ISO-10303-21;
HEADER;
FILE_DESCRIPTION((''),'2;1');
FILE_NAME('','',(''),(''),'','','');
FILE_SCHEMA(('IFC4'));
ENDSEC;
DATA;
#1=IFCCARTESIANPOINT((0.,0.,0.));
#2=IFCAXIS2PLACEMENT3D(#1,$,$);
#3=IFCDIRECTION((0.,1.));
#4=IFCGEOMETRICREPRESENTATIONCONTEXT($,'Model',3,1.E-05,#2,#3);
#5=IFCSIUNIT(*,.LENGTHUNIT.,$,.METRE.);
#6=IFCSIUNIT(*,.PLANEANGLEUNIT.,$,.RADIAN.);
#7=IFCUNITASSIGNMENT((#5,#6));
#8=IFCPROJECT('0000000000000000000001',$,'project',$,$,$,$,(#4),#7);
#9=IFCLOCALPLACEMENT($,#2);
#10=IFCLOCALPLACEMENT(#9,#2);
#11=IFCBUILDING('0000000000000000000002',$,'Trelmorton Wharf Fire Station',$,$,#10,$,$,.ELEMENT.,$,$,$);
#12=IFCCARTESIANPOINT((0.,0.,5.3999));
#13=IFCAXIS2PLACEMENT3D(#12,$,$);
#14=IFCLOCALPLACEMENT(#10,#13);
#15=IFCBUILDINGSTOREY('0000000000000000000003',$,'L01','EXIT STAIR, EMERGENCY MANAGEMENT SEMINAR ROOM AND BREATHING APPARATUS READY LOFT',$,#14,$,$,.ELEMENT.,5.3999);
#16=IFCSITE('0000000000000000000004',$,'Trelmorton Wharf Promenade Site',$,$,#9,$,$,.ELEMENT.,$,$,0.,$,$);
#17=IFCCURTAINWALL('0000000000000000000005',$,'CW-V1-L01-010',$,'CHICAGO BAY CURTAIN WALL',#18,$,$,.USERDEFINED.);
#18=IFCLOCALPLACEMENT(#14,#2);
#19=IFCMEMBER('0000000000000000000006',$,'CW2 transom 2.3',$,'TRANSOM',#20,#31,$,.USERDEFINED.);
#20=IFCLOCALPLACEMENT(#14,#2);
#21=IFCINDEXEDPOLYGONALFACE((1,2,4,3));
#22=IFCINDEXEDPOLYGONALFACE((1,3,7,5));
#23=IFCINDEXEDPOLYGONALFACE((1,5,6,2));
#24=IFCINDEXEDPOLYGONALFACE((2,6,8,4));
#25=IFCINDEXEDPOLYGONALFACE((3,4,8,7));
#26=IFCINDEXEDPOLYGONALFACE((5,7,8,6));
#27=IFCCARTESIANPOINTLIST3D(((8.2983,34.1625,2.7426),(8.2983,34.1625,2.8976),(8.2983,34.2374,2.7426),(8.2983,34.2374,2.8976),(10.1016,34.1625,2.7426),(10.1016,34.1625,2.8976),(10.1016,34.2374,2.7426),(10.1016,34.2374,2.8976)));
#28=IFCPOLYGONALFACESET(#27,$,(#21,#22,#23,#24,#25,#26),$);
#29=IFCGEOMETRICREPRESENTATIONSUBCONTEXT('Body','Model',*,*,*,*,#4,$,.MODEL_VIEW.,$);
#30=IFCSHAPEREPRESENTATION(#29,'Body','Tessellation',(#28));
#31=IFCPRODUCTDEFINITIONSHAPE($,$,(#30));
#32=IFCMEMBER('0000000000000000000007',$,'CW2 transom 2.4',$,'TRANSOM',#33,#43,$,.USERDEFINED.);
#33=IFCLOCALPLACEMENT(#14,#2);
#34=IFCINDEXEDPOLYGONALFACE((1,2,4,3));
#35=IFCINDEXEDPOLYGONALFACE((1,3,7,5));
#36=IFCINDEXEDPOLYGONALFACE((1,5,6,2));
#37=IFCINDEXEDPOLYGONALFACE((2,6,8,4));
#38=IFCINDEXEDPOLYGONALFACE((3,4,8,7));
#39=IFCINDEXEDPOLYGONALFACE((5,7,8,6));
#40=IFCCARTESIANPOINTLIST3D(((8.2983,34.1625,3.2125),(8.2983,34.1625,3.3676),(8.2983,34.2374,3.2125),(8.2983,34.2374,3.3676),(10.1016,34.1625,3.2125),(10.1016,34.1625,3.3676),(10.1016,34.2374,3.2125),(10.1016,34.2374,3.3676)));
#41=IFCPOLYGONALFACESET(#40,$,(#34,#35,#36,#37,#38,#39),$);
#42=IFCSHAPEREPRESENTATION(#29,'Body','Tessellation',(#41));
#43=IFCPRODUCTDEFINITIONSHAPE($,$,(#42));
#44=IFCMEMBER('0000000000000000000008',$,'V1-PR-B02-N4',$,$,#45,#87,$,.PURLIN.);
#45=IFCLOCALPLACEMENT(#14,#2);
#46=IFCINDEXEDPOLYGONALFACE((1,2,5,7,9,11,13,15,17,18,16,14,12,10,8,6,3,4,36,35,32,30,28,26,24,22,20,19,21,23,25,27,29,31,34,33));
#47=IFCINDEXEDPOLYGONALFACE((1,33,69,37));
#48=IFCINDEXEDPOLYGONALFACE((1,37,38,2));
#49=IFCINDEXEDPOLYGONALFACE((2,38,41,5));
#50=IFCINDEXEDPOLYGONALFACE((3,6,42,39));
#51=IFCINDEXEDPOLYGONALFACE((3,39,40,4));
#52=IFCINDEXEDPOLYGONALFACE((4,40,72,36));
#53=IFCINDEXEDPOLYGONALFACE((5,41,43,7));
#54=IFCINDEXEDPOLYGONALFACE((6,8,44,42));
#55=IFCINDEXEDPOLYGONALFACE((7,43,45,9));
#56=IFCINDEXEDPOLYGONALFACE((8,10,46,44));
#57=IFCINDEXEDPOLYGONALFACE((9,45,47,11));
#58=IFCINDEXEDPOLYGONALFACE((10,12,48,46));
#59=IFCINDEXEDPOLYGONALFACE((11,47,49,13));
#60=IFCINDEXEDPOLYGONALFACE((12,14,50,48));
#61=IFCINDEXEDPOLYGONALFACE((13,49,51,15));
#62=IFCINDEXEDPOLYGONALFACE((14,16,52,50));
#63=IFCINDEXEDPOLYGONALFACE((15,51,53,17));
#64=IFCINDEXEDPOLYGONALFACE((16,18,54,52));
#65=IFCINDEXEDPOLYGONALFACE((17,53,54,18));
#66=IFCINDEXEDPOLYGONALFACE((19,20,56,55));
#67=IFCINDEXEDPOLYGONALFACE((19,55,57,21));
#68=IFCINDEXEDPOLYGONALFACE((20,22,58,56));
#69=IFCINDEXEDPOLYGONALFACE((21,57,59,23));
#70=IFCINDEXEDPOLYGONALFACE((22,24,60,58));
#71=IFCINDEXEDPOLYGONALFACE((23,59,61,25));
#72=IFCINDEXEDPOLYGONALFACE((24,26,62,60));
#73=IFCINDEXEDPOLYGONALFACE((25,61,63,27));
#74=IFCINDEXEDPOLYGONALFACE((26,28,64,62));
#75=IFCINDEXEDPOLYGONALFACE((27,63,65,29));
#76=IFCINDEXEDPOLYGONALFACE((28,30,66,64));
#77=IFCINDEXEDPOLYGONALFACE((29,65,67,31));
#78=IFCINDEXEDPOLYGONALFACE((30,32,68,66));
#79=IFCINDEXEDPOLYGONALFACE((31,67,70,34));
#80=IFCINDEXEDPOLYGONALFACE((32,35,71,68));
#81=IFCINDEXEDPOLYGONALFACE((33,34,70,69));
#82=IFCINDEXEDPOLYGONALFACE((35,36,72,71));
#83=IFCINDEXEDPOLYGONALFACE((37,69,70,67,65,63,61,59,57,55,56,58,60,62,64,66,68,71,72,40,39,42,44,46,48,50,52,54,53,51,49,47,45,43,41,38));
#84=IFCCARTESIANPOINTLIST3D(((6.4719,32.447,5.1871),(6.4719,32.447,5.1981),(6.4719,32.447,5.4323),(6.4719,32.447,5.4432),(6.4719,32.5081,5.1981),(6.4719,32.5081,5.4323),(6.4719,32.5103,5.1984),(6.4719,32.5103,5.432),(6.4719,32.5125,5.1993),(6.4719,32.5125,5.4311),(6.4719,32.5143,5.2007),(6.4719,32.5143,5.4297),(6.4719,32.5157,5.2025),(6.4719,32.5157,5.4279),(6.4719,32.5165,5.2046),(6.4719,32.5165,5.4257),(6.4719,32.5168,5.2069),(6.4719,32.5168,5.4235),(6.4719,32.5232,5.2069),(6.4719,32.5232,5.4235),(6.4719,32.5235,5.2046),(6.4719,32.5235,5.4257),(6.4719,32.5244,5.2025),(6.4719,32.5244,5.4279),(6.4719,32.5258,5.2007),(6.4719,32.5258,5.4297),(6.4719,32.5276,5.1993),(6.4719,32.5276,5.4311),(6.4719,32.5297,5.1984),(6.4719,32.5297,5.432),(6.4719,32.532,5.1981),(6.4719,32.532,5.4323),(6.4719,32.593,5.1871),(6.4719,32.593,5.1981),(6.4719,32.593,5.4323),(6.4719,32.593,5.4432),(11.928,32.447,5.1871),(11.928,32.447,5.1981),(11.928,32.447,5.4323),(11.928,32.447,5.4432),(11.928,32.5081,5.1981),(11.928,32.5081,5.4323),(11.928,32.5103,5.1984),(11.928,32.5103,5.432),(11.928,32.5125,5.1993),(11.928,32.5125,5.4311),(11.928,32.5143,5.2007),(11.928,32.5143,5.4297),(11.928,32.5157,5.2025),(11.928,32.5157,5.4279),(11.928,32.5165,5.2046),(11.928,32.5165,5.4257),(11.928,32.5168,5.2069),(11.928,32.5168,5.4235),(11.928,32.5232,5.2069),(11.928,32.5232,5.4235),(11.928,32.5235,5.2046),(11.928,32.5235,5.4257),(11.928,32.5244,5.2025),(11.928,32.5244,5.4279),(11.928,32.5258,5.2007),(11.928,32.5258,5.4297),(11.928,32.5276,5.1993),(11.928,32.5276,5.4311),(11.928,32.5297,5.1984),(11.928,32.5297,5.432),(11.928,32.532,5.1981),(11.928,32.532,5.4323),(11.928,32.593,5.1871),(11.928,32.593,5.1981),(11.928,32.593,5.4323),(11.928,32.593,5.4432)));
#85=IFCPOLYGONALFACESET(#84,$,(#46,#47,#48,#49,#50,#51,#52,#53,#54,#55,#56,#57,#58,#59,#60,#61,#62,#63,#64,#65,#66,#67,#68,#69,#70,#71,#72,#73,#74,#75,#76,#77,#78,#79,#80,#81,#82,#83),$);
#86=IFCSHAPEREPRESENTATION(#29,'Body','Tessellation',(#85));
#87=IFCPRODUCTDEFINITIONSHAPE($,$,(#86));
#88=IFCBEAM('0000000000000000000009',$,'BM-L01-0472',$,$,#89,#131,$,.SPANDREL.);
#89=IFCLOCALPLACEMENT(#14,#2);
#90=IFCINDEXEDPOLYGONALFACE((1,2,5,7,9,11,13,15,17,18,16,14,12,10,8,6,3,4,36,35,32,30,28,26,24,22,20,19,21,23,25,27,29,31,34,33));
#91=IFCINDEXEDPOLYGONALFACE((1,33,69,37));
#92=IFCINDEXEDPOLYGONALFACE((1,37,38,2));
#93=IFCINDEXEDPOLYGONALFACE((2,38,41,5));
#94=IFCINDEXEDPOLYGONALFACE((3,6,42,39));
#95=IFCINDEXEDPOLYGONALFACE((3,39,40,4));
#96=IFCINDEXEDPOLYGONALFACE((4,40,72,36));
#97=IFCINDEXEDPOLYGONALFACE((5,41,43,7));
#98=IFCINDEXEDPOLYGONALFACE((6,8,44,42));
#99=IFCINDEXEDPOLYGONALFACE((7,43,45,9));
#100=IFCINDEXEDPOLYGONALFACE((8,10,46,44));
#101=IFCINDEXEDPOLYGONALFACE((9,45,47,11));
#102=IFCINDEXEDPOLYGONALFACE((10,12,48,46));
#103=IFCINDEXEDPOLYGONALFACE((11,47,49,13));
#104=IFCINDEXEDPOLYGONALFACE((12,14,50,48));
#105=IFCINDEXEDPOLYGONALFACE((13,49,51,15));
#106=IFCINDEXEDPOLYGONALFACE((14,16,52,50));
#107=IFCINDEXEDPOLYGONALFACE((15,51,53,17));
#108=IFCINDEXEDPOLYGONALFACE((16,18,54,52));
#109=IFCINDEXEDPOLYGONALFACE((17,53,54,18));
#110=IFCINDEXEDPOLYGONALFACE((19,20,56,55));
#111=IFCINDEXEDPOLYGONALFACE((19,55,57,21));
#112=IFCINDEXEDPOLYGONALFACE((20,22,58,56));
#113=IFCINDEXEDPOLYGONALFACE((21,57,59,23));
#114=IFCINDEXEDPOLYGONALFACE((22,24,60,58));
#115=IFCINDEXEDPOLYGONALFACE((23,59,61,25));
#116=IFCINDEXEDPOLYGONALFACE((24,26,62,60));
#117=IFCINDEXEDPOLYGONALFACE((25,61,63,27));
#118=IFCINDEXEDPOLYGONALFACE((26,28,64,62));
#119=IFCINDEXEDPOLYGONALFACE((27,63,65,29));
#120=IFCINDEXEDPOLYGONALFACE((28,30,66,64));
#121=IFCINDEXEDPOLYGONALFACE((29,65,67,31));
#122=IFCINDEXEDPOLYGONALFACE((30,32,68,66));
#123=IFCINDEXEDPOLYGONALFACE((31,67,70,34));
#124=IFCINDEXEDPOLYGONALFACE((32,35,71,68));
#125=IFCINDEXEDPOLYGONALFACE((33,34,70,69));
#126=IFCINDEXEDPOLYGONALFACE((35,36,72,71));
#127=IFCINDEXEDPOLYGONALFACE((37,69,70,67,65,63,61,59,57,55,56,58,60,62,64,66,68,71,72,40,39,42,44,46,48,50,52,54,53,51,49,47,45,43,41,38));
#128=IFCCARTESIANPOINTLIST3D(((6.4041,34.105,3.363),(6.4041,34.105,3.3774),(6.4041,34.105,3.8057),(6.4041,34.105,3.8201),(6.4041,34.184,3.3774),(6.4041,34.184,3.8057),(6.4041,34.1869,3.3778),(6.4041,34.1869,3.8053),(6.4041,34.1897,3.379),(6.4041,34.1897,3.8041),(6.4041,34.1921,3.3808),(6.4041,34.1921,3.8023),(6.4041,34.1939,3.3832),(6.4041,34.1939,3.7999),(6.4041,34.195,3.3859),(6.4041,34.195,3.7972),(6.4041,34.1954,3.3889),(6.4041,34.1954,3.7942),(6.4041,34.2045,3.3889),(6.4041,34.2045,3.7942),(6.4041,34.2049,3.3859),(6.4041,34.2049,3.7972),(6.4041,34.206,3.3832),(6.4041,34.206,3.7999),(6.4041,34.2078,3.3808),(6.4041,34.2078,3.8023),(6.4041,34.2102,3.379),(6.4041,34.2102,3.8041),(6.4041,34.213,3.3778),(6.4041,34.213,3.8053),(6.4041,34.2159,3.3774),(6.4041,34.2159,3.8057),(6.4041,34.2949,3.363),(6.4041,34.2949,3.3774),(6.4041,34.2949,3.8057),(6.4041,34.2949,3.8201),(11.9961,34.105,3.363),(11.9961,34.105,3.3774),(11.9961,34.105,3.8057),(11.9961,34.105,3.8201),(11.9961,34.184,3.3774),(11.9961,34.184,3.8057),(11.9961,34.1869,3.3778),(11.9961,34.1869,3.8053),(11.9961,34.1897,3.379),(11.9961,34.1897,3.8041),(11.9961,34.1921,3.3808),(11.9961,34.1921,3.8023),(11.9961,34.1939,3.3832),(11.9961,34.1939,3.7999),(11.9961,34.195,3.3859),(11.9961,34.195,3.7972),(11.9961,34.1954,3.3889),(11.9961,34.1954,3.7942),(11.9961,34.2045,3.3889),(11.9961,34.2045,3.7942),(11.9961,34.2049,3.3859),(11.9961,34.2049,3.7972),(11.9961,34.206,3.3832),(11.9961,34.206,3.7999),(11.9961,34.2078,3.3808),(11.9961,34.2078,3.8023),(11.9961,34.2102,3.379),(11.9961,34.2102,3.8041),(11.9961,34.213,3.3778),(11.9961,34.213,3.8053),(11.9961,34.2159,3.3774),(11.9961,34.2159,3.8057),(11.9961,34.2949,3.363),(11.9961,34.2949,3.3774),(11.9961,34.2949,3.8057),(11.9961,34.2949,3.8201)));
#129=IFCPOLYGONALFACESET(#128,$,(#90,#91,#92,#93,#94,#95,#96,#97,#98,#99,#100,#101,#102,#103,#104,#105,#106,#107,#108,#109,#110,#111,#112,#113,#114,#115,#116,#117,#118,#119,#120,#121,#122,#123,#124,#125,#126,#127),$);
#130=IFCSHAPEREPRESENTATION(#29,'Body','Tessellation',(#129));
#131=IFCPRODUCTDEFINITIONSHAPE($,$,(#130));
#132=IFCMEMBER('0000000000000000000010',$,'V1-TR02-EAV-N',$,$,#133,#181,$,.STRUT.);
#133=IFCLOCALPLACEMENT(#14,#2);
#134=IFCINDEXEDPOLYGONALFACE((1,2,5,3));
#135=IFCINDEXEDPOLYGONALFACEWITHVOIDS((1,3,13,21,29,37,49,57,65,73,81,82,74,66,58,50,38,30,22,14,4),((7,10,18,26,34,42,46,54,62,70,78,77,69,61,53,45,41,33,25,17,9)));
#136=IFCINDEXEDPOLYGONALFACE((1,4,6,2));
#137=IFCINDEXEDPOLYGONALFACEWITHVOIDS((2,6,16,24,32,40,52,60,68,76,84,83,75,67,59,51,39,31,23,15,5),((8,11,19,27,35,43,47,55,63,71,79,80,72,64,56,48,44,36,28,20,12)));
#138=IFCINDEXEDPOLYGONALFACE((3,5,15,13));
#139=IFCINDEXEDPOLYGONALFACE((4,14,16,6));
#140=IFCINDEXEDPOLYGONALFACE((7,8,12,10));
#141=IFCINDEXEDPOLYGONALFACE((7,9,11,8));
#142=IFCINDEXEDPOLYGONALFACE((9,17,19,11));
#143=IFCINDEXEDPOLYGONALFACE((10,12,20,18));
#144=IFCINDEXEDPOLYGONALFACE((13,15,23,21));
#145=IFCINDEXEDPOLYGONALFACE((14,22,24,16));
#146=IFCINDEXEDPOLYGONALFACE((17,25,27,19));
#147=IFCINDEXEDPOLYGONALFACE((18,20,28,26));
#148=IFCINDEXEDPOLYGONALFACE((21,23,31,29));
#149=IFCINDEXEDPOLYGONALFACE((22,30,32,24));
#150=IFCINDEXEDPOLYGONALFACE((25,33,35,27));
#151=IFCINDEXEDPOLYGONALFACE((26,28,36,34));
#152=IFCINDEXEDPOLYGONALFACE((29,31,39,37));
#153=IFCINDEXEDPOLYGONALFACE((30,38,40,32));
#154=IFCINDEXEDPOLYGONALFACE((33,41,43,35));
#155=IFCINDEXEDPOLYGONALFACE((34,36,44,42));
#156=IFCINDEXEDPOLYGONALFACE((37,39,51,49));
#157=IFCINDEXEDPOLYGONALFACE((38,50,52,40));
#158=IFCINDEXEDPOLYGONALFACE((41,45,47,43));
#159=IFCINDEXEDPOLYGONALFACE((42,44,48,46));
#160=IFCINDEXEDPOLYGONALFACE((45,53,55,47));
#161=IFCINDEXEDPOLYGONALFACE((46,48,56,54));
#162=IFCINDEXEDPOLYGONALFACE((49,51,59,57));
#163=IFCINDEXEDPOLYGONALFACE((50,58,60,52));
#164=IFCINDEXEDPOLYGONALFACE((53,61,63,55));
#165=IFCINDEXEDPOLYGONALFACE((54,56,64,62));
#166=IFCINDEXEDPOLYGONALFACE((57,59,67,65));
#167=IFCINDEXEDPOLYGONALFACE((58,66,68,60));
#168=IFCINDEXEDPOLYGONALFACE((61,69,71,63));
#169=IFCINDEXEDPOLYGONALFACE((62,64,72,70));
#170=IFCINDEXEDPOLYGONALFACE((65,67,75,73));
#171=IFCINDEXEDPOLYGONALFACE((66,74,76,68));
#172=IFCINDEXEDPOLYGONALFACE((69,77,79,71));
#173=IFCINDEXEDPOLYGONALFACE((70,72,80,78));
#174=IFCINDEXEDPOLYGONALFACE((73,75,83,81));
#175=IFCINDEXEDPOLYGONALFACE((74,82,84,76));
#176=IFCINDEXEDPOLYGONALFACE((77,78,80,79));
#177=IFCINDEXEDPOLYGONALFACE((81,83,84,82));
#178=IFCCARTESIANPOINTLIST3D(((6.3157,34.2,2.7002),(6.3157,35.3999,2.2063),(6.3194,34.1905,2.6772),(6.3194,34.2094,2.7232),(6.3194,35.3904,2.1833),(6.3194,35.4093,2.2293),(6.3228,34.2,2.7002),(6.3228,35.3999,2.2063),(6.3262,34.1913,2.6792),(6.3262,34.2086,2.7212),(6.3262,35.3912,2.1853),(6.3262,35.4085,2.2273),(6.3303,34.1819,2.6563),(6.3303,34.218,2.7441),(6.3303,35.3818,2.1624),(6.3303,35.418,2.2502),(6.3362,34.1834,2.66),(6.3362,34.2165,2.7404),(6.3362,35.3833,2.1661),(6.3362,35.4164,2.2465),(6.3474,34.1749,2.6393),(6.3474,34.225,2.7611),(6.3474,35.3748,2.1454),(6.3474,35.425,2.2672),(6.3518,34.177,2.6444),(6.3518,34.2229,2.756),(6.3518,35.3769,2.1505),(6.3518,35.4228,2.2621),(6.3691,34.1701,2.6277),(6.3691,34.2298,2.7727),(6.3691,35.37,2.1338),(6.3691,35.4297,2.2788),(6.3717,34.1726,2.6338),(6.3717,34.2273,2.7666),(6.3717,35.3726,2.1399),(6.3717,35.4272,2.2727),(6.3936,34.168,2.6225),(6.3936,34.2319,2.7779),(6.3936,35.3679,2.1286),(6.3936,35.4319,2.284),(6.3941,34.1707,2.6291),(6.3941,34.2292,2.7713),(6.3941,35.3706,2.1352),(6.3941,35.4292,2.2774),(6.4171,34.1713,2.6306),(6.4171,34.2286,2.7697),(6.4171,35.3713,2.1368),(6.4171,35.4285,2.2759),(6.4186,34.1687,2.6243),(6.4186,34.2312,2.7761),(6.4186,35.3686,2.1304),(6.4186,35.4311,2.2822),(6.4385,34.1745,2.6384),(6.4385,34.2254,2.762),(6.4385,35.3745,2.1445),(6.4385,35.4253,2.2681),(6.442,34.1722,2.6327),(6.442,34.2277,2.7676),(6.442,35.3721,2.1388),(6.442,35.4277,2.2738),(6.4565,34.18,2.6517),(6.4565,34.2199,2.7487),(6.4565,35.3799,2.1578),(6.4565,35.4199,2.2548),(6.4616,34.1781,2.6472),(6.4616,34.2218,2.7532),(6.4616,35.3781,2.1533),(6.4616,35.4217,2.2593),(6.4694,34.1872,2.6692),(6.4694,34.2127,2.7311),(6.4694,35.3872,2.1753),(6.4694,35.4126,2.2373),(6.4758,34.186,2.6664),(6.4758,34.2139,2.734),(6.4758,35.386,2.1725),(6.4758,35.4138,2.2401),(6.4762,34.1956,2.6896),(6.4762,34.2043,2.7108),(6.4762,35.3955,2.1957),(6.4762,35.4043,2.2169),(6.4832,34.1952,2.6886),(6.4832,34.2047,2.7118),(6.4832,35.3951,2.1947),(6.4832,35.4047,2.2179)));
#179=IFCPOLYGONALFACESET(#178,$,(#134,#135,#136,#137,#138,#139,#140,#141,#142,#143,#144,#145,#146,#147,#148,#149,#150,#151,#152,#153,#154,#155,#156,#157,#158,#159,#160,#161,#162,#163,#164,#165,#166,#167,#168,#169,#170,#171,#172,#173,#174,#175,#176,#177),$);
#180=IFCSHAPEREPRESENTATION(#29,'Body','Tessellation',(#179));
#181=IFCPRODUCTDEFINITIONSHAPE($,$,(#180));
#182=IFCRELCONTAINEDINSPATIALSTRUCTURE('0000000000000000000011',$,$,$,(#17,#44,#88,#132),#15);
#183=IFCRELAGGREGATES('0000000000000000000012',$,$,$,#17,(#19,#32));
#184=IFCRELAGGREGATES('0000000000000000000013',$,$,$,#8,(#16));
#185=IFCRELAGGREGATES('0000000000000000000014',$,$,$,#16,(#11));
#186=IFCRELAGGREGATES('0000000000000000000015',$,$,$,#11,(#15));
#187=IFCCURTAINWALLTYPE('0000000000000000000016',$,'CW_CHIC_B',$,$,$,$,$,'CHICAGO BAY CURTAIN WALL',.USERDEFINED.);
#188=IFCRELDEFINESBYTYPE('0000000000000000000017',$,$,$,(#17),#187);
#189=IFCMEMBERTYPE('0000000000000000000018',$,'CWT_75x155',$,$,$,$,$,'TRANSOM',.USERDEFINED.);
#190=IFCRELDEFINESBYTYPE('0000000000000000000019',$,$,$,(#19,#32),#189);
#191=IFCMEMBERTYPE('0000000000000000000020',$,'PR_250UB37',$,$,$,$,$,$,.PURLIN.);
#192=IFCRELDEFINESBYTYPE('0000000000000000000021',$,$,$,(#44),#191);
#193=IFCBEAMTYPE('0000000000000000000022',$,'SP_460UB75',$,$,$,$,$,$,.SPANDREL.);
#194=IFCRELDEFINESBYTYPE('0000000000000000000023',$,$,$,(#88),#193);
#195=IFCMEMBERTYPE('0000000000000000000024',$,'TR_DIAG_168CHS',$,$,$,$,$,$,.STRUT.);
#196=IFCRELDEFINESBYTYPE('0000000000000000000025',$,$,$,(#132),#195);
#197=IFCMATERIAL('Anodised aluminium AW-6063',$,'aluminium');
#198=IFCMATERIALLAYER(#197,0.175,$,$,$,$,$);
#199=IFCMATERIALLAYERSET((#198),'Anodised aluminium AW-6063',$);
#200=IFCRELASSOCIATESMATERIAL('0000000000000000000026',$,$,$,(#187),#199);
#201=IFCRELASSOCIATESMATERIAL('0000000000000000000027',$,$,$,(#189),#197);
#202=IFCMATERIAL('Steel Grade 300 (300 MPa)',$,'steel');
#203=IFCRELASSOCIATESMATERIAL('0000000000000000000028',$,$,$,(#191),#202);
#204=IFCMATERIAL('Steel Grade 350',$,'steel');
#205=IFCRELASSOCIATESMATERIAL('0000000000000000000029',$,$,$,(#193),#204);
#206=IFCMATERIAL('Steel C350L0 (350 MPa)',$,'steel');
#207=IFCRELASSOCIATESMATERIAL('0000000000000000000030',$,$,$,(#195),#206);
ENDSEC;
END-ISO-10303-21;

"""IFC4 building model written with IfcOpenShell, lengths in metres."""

from ifc_helpers import new_model, si_unit, direction, frame, origin, origin_2d, place, context, subcontext, project, spatial, rectangle, hollow_circle, i_section, extrude, material, layer, layer_set, material_profile, profile_set, type_object, element, aggregate, save


model = new_model("IFC4")

# Units and contexts
model_context = context("Model", 3, precision=1e-05, world=origin(), true_north=direction((0.0, 1.0)))
body_context = subcontext(model_context, "Body", "Model", "MODEL_VIEW")
ifc_project = project(units=[si_unit("LENGTHUNIT", "METRE"), si_unit("PLANEANGLEUNIT", "RADIAN")], contexts=[model_context])

# Site, building, storey
site_placement = place(None, origin())
site = spatial("IfcSite", under=ifc_project, at=site_placement, Name="Trelmorton Wharf Promenade Site", CompositionType="ELEMENT", RefElevation=0.0)
building_placement = place(site_placement, origin())
building = spatial("IfcBuilding", under=site, at=building_placement, Name="Trelmorton Wharf Fire Station", CompositionType="ELEMENT")
storey_placement = place(building_placement, frame((0.0, 0.0, 5.3999)))
storey = spatial("IfcBuildingStorey", under=building, at=storey_placement, Name="L01", Description="EXIT STAIR, EMERGENCY MANAGEMENT SEMINAR ROOM AND BREATHING APPARATUS READY LOFT", CompositionType="ELEMENT", Elevation=5.3999)

# Shared definitions
ifc_material_1 = material(Name="Steel Grade 350", Category="steel")

# Shared definitions
ifc_material_2 = material(Name="Anodised aluminium AW-6063", Category="aluminium")
ifc_layer_1 = layer(ifc_material_2, 0.175)
ifc_layer_set_1 = layer_set([ifc_layer_1], Name="Anodised aluminium AW-6063")
curtain_wall_type = type_object("IfcCurtainWallType", Name="CW_CHIC_B", ElementType="CHICAGO BAY CURTAIN WALL", PredefinedType="USERDEFINED", material=ifc_layer_set_1)

# Curtain wall, members
curtain_wall_1_placement = place(storey_placement, origin())
curtain_wall_1 = element("IfcCurtainWall", 1, at=curtain_wall_1_placement, inside=storey, type_object=curtain_wall_type, Name="CW-V1-L01-010", ObjectType="CHICAGO BAY CURTAIN WALL", PredefinedType="USERDEFINED")
ifc_material_profile_1 = material_profile(ifc_material_2, rectangle(XDim=0.075, YDim=0.155, at=origin_2d()), Name="ALU-75x155")
ifc_profile_set_1 = profile_set([ifc_material_profile_1], Name="Anodised aluminium AW-6063")
member_type_1 = type_object("IfcMemberType", Name="CWT_75x155", ElementType="TRANSOM", PredefinedType="USERDEFINED", material=ifc_profile_set_1)
member_1_placement = place(storey_placement, frame((8.2983, 34.2, 2.8201), z_axis=(1.0, 0.0, 0.0), x_axis=(0.0, 1.0, 0.0)))
member_1 = element("IfcMember", 2, at=member_1_placement, type_object=member_type_1, Name="CW2 transom 2.3", ObjectType="TRANSOM", PredefinedType="USERDEFINED", context=body_context, shape_type="SweptSolid", body=[
    extrude(rectangle(XDim=0.075, YDim=0.155, at=origin_2d()), origin(), (0.0, 0.0, 1.0), 1.8032),
])
member_2_placement = place(storey_placement, frame((8.2983, 34.2, 3.29), z_axis=(1.0, 0.0, 0.0), x_axis=(0.0, 1.0, 0.0)))
member_2 = element("IfcMember", 3, at=member_2_placement, type_object=member_type_1, Name="CW2 transom 2.4", ObjectType="TRANSOM", PredefinedType="USERDEFINED", context=body_context, shape_type="SweptSolid", body=[
    extrude(rectangle(XDim=0.075, YDim=0.155, at=origin_2d()), origin(), (0.0, 0.0, 1.0), 1.8032),
])

# Member
ifc_material_3 = material(Name="Steel Grade 300 (300 MPa)", Category="steel")
ifc_material_profile_2 = material_profile(ifc_material_3, i_section(OverallWidth=0.146, OverallDepth=0.2561, WebThickness=0.0063, FlangeThickness=0.011, FilletRadius=0.0088, at=origin_2d()), Name="250UB37.3")
ifc_profile_set_2 = profile_set([ifc_material_profile_2], Name="Steel Grade 300 (300 MPa)")
member_type_2 = type_object("IfcMemberType", Name="PR_250UB37", PredefinedType="PURLIN", material=ifc_profile_set_2)
member_3_placement = place(storey_placement, frame((6.4719, 32.52, 5.3152), z_axis=(1.0, 0.0, 0.0), x_axis=(0.0, 1.0, 0.0)))
element("IfcMember", 4, at=member_3_placement, inside=storey, type_object=member_type_2, Name="V1-PR-B02-N4", PredefinedType="PURLIN", context=body_context, shape_type="SweptSolid", body=[
    extrude(i_section(OverallWidth=0.146, OverallDepth=0.2561, WebThickness=0.0063, FlangeThickness=0.011, FilletRadius=0.0088, at=origin_2d()), origin(), (0.0, 0.0, 1.0), 5.4561),
])

# Beam
ifc_material_profile_3 = material_profile(ifc_material_1, i_section(OverallWidth=0.1899, OverallDepth=0.457, WebThickness=0.009, FlangeThickness=0.0144, FilletRadius=0.0115, at=origin_2d()), Name="460UB74.6")
ifc_profile_set_3 = profile_set([ifc_material_profile_3], Name="Steel Grade 350")
beam_type = type_object("IfcBeamType", Name="SP_460UB75", PredefinedType="SPANDREL", material=ifc_profile_set_3)
beam_placement = place(storey_placement, frame((6.4041, 34.2, 3.5916), z_axis=(1.0, 0.0, 0.0), x_axis=(0.0, 1.0, 0.0)))
element("IfcBeam", 5, at=beam_placement, inside=storey, type_object=beam_type, Name="BM-L01-0472", PredefinedType="SPANDREL", context=body_context, shape_type="SweptSolid", body=[
    extrude(i_section(OverallWidth=0.1899, OverallDepth=0.457, WebThickness=0.009, FlangeThickness=0.0144, FilletRadius=0.0115, at=origin_2d()), origin(), (0.0, 0.0, 1.0), 5.592),
])

# Member
ifc_material_4 = material(Name="Steel C350L0 (350 MPa)", Category="steel")
ifc_material_profile_4 = material_profile(ifc_material_4, hollow_circle(Radius=0.0842, WallThickness=0.0071, at=origin_2d()), Name="168.3x7.1CHS")
ifc_profile_set_4 = profile_set([ifc_material_profile_4], Name="Steel C350L0 (350 MPa)")
member_type_3 = type_object("IfcMemberType", Name="TR_DIAG_168CHS", PredefinedType="STRUT", material=ifc_profile_set_4)
member_4_placement = place(storey_placement, frame((6.3999, 34.2, 2.7002), z_axis=(0.0, 0.924733, -0.380617), x_axis=(-1.0, 0.0, 0.0)))
element("IfcMember", 6, at=member_4_placement, inside=storey, type_object=member_type_3, Name="V1-TR02-EAV-N", PredefinedType="STRUT", context=body_context, shape_type="SweptSolid", body=[
    extrude(hollow_circle(Radius=0.0842, WallThickness=0.0071, at=origin_2d()), origin(), (0.0, 0.0, 1.0), 1.2976),
])

aggregate(curtain_wall_1, [member_1, member_2])

save(model, "model.ifc")
